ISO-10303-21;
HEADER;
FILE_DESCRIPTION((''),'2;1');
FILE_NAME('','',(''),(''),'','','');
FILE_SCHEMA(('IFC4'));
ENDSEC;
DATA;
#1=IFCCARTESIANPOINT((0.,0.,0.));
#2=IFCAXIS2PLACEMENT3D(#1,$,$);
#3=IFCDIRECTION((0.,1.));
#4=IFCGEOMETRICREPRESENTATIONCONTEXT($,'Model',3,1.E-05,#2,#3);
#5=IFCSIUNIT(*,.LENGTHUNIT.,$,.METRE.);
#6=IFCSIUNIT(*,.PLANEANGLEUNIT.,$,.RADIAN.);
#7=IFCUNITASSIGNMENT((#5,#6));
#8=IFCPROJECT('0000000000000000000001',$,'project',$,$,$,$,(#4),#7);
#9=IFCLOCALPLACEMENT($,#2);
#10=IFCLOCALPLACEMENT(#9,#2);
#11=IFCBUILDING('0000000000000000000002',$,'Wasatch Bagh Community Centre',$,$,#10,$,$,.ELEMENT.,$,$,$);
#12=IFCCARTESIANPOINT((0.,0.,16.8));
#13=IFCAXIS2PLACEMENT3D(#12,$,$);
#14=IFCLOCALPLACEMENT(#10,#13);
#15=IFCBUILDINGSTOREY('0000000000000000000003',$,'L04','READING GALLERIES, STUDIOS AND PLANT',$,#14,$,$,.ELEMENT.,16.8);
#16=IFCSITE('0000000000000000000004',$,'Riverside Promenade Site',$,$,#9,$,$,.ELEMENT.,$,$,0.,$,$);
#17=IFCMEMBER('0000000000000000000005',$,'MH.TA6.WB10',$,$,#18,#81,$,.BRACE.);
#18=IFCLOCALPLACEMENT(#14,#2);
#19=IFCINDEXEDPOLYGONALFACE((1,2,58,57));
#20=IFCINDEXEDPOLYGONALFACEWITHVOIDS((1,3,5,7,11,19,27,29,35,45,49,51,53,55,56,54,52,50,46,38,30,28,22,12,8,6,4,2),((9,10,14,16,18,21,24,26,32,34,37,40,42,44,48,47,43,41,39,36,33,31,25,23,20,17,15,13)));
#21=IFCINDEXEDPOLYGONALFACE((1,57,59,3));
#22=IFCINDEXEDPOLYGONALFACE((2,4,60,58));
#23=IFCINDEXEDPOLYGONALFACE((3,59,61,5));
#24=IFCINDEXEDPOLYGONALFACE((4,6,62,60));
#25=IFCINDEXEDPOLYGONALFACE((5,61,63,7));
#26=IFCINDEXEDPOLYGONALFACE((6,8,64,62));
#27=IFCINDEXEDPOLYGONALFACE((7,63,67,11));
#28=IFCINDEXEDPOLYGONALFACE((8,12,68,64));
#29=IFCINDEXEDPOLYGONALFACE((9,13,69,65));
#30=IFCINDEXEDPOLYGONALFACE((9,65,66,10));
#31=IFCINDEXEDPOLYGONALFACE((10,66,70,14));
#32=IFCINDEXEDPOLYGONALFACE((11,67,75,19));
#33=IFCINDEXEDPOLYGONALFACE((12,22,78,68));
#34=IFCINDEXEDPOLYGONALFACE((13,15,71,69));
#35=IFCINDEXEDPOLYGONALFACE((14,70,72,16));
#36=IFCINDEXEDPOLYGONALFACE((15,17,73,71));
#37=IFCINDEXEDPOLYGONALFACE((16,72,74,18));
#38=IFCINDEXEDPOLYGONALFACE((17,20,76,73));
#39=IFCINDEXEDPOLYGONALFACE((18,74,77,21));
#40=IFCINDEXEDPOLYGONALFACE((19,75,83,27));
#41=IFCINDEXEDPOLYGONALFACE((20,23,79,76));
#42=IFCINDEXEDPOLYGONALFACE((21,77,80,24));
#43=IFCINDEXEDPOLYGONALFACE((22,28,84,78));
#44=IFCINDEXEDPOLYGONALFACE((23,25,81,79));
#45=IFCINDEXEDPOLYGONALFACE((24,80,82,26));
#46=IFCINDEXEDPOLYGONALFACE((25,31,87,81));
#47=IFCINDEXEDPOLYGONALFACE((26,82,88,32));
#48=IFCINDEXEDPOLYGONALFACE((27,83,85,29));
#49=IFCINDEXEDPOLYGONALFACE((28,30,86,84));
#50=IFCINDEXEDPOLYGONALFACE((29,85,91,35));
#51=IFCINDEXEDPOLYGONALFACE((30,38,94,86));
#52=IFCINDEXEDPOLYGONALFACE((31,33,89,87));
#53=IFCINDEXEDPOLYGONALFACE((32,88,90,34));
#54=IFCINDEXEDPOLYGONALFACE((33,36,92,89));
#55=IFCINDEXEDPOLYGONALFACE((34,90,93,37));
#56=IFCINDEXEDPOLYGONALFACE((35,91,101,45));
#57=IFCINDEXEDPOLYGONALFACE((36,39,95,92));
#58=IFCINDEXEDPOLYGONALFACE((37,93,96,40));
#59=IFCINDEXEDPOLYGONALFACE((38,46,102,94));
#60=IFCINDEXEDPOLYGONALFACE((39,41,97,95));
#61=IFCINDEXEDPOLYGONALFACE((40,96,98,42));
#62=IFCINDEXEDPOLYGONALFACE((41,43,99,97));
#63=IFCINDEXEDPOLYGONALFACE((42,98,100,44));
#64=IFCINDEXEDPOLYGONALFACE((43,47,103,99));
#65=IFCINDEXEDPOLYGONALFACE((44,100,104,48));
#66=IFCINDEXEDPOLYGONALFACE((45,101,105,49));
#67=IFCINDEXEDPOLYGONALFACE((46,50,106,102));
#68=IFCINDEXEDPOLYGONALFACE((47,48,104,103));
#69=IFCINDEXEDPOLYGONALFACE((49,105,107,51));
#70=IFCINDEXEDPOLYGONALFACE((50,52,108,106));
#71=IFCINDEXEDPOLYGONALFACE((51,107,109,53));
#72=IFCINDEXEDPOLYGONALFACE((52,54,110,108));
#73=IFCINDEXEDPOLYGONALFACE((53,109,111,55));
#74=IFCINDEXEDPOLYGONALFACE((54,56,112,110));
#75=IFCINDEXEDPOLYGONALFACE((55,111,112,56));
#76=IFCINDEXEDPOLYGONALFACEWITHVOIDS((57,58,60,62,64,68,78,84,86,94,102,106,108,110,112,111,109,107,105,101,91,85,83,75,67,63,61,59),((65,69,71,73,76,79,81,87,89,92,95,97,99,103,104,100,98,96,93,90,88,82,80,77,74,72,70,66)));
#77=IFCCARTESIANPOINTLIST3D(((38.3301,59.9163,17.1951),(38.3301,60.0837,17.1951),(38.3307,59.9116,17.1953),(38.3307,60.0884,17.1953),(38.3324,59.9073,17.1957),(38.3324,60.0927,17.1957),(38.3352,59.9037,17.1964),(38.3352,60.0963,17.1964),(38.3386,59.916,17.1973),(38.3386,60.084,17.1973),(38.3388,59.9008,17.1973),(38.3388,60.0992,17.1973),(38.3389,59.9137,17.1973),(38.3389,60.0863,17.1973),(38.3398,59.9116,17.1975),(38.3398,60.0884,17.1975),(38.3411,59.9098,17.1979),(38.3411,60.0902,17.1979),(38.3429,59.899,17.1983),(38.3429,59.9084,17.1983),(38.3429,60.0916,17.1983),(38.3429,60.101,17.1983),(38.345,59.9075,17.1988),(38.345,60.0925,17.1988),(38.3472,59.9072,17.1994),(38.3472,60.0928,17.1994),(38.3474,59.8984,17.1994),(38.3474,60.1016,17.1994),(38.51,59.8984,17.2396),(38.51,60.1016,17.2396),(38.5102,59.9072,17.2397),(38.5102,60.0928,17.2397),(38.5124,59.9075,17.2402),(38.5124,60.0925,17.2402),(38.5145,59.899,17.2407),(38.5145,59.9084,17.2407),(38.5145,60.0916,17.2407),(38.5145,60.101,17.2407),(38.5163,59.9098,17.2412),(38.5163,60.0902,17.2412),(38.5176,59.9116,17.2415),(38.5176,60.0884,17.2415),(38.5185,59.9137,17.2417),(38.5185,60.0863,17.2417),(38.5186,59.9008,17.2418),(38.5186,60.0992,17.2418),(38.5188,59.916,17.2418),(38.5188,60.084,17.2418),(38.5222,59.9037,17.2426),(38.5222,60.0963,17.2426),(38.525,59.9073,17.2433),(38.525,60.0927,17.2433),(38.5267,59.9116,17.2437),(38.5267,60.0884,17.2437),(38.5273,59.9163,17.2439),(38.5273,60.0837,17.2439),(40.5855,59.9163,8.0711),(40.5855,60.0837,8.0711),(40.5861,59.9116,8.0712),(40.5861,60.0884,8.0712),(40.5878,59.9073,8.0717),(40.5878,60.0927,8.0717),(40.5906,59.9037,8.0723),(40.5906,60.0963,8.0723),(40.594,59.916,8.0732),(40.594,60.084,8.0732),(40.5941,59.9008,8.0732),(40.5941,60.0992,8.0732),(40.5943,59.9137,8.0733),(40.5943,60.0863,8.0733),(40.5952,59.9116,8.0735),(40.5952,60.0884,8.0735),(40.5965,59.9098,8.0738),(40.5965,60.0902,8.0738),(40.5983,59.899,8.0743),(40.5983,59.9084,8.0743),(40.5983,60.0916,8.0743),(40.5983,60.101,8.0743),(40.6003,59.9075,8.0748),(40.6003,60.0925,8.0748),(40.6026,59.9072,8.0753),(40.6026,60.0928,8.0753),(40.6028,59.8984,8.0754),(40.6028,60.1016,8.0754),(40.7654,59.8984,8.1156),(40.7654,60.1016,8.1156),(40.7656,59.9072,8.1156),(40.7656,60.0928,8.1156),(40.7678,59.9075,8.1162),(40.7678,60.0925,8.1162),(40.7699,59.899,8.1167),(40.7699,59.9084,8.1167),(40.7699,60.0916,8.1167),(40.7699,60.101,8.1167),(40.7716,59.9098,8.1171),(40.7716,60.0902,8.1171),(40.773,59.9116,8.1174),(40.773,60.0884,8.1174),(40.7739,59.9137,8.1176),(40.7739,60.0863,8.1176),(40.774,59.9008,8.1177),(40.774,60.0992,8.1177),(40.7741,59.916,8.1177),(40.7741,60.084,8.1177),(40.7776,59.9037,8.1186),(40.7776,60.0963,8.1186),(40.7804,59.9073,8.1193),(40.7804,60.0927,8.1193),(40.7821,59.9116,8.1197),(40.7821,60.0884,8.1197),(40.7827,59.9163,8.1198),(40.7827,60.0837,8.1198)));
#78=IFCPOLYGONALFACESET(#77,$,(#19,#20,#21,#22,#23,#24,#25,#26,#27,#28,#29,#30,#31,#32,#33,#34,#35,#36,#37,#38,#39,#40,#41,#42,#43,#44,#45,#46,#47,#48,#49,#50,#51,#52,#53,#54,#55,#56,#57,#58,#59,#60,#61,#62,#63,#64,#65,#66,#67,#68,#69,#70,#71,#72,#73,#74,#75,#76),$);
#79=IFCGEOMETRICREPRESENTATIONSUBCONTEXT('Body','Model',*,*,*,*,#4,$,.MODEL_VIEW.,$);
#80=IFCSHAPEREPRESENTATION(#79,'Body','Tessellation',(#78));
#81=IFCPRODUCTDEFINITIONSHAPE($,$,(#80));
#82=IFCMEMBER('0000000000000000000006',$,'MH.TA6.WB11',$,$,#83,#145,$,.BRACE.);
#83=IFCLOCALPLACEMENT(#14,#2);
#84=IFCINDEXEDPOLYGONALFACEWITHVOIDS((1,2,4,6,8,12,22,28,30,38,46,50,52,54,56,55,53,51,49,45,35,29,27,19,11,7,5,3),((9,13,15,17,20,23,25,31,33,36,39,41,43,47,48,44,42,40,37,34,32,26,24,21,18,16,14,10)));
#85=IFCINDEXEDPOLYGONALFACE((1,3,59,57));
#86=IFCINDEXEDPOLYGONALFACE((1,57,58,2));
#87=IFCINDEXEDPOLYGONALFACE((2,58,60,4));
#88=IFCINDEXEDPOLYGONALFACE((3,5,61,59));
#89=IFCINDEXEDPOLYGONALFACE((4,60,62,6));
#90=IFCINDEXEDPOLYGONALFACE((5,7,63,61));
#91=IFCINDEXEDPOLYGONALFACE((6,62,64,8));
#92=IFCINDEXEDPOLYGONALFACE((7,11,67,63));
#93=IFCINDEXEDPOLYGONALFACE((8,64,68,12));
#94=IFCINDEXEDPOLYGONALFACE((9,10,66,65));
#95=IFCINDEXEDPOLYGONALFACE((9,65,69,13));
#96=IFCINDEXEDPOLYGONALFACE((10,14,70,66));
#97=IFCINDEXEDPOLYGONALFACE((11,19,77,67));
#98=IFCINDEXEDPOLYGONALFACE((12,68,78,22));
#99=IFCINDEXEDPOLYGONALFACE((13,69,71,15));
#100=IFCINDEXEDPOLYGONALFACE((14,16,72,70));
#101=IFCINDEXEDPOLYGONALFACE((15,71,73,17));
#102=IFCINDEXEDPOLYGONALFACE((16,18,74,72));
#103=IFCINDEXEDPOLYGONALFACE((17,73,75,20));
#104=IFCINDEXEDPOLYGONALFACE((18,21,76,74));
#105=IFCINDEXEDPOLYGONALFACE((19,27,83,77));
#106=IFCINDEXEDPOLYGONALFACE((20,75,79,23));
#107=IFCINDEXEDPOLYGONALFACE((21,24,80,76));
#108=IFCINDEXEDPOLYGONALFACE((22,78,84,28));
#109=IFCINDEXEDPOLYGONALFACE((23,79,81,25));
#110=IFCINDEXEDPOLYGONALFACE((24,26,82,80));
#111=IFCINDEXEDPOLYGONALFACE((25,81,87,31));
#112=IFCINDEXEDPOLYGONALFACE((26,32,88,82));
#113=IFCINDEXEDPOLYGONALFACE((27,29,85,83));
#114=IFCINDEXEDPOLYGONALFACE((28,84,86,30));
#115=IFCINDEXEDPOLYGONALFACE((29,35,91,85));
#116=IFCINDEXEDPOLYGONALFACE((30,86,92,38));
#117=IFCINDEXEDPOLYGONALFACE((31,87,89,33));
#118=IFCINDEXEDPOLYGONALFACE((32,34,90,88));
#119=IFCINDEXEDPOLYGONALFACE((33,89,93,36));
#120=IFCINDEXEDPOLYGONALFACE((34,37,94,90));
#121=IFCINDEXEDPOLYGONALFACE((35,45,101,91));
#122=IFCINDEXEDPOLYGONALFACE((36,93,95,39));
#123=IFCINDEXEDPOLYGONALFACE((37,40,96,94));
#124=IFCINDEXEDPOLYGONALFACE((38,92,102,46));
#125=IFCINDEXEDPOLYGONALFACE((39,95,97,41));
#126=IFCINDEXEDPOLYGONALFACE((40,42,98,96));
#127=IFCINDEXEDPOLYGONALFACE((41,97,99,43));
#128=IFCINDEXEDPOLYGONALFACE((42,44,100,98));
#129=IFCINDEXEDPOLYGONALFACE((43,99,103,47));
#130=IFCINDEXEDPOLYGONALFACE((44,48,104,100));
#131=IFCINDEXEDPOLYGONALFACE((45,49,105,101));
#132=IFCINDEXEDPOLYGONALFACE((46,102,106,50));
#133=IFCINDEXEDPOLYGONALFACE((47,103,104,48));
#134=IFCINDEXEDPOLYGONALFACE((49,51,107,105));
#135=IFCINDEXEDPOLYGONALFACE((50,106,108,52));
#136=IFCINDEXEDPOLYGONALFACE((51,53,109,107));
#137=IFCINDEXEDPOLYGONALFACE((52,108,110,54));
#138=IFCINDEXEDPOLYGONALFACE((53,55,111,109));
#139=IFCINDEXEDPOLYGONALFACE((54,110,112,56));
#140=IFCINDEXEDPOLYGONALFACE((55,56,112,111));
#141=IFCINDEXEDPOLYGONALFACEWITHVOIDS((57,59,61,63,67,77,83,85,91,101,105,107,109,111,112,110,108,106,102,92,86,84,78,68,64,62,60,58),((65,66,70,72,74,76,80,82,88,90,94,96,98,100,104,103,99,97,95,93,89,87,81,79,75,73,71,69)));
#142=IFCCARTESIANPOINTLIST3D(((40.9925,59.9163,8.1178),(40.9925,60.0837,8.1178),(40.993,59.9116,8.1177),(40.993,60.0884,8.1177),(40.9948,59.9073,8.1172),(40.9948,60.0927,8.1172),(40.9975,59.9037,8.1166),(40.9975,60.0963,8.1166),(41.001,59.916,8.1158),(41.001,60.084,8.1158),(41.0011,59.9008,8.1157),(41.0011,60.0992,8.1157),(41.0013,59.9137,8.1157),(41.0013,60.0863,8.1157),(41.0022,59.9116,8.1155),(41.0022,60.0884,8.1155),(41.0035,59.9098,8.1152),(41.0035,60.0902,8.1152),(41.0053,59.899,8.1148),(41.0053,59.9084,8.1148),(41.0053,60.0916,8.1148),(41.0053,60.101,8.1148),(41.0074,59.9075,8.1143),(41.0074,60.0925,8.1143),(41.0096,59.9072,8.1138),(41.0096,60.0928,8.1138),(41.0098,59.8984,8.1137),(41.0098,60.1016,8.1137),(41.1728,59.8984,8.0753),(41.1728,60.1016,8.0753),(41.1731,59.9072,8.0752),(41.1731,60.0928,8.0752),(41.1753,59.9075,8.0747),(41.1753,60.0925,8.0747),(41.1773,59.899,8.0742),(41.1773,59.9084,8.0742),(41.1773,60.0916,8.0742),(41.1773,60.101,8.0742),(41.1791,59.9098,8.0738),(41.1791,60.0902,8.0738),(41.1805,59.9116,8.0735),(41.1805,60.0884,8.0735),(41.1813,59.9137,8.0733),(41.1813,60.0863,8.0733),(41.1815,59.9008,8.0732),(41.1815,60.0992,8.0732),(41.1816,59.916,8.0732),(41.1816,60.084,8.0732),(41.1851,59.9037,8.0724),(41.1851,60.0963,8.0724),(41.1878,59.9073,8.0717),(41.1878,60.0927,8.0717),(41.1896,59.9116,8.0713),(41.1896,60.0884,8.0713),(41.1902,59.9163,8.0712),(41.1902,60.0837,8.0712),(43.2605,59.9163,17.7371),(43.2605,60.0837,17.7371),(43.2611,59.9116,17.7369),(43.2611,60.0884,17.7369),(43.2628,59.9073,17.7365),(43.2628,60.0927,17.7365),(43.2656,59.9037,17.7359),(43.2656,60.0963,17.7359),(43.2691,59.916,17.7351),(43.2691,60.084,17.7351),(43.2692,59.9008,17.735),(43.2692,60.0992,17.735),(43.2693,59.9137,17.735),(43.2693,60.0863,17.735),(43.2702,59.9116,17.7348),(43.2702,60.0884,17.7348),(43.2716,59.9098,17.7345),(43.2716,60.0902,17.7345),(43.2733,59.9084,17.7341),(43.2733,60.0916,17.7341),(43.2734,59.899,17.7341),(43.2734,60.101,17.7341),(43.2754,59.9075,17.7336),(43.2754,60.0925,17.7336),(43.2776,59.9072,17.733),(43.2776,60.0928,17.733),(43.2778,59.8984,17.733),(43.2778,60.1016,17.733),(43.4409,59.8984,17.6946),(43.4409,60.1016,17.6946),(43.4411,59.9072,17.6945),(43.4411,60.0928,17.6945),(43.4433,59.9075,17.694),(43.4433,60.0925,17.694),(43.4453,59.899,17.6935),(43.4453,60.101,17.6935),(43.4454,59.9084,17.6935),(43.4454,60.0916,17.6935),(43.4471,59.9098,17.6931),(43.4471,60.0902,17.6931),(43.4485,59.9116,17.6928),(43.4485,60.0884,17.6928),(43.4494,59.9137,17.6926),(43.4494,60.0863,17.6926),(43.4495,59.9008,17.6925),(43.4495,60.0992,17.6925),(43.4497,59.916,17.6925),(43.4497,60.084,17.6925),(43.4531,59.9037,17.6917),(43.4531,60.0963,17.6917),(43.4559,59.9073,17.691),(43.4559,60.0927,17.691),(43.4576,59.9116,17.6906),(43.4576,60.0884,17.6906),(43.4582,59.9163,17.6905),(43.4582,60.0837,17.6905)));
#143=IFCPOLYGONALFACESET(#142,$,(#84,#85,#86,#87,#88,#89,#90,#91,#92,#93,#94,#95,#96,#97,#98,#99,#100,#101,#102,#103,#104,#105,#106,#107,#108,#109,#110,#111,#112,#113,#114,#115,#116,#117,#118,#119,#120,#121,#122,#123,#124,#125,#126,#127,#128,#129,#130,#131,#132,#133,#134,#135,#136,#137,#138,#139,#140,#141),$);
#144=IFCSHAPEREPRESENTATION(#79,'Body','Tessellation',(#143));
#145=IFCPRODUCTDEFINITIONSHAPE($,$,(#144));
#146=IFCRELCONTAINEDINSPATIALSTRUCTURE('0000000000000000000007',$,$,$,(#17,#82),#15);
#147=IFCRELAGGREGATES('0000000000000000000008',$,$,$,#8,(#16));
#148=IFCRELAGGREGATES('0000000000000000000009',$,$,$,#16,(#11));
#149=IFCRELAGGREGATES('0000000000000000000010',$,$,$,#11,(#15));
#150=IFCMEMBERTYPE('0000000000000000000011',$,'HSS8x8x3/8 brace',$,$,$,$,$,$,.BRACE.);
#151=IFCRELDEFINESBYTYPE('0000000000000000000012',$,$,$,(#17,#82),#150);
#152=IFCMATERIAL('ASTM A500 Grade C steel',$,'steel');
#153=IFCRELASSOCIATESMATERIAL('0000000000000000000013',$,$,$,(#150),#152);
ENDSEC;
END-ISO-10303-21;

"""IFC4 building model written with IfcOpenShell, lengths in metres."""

from ifc_helpers import new_model, si_unit, direction, frame, origin, origin_2d, place, context, subcontext, project, spatial, hollow_rectangle, extrude, material, material_profile, profile_set, type_object, element, save


model = new_model("IFC4")

# Units and contexts
model_context = context("Model", 3, precision=1e-05, world=origin(), true_north=direction((0.0, 1.0)))
body_context = subcontext(model_context, "Body", "Model", "MODEL_VIEW")
ifc_project = project(units=[si_unit("LENGTHUNIT", "METRE"), si_unit("PLANEANGLEUNIT", "RADIAN")], contexts=[model_context])

# Site, building, storey
site_placement = place(None, origin())
site = spatial("IfcSite", under=ifc_project, at=site_placement, Name="Riverside Promenade Site", CompositionType="ELEMENT", RefElevation=0.0)
building_placement = place(site_placement, origin())
building = spatial("IfcBuilding", under=site, at=building_placement, Name="Wasatch Bagh Community Centre", CompositionType="ELEMENT")
storey_placement = place(building_placement, frame((0.0, 0.0, 16.8)))
storey = spatial("IfcBuildingStorey", under=building, at=storey_placement, Name="L04", Description="READING GALLERIES, STUDIOS AND PLANT", CompositionType="ELEMENT", Elevation=16.8)

# Members
ifc_material_1 = material(Name="ASTM A500 Grade C steel", Category="steel")
ifc_material_profile_1 = material_profile(ifc_material_1, hollow_rectangle(XDim=0.2031, YDim=0.2031, WallThickness=0.0088, InnerFilletRadius=0.0088, OuterFilletRadius=0.0178, at=origin_2d()), Name="HSS8x8x3/8")
ifc_profile_set_1 = profile_set([ifc_material_profile_1], Name="ASTM A500 Grade C steel")
member_type_1 = type_object("IfcMemberType", Name="HSS8x8x3/8 brace", PredefinedType="BRACE", material=ifc_profile_set_1)
member_1_placement = place(storey_placement, frame((40.6841, 60.0, 8.0955), z_axis=(-0.239968, 0.0, 0.970781), x_axis=(0.0, -1.0, 0.0)))
element("IfcMember", 1, at=member_1_placement, inside=storey, type_object=member_type_1, Name="MH.TA6.WB10", PredefinedType="BRACE", context=body_context, shape_type="SweptSolid", body=[
    extrude(hollow_rectangle(XDim=0.2031, YDim=0.2031, WallThickness=0.0088, InnerFilletRadius=0.0088, OuterFilletRadius=0.0178, at=origin_2d()), origin(), (0.0, 0.0, 1.0), 9.3987),
])
member_2_placement = place(storey_placement, frame((41.0913, 60.0, 8.0945), z_axis=(0.229488, 0.0, 0.973311), x_axis=(0.0, 1.0, 0.0)))
element("IfcMember", 2, at=member_2_placement, inside=storey, type_object=member_type_1, Name="MH.TA6.WB11", PredefinedType="BRACE", context=body_context, shape_type="SweptSolid", body=[
    extrude(hollow_rectangle(XDim=0.2031, YDim=0.2031, WallThickness=0.0088, InnerFilletRadius=0.0088, OuterFilletRadius=0.0178, at=origin_2d()), origin(), (0.0, 0.0, 1.0), 9.8831),
])

save(model, "model.ifc")
